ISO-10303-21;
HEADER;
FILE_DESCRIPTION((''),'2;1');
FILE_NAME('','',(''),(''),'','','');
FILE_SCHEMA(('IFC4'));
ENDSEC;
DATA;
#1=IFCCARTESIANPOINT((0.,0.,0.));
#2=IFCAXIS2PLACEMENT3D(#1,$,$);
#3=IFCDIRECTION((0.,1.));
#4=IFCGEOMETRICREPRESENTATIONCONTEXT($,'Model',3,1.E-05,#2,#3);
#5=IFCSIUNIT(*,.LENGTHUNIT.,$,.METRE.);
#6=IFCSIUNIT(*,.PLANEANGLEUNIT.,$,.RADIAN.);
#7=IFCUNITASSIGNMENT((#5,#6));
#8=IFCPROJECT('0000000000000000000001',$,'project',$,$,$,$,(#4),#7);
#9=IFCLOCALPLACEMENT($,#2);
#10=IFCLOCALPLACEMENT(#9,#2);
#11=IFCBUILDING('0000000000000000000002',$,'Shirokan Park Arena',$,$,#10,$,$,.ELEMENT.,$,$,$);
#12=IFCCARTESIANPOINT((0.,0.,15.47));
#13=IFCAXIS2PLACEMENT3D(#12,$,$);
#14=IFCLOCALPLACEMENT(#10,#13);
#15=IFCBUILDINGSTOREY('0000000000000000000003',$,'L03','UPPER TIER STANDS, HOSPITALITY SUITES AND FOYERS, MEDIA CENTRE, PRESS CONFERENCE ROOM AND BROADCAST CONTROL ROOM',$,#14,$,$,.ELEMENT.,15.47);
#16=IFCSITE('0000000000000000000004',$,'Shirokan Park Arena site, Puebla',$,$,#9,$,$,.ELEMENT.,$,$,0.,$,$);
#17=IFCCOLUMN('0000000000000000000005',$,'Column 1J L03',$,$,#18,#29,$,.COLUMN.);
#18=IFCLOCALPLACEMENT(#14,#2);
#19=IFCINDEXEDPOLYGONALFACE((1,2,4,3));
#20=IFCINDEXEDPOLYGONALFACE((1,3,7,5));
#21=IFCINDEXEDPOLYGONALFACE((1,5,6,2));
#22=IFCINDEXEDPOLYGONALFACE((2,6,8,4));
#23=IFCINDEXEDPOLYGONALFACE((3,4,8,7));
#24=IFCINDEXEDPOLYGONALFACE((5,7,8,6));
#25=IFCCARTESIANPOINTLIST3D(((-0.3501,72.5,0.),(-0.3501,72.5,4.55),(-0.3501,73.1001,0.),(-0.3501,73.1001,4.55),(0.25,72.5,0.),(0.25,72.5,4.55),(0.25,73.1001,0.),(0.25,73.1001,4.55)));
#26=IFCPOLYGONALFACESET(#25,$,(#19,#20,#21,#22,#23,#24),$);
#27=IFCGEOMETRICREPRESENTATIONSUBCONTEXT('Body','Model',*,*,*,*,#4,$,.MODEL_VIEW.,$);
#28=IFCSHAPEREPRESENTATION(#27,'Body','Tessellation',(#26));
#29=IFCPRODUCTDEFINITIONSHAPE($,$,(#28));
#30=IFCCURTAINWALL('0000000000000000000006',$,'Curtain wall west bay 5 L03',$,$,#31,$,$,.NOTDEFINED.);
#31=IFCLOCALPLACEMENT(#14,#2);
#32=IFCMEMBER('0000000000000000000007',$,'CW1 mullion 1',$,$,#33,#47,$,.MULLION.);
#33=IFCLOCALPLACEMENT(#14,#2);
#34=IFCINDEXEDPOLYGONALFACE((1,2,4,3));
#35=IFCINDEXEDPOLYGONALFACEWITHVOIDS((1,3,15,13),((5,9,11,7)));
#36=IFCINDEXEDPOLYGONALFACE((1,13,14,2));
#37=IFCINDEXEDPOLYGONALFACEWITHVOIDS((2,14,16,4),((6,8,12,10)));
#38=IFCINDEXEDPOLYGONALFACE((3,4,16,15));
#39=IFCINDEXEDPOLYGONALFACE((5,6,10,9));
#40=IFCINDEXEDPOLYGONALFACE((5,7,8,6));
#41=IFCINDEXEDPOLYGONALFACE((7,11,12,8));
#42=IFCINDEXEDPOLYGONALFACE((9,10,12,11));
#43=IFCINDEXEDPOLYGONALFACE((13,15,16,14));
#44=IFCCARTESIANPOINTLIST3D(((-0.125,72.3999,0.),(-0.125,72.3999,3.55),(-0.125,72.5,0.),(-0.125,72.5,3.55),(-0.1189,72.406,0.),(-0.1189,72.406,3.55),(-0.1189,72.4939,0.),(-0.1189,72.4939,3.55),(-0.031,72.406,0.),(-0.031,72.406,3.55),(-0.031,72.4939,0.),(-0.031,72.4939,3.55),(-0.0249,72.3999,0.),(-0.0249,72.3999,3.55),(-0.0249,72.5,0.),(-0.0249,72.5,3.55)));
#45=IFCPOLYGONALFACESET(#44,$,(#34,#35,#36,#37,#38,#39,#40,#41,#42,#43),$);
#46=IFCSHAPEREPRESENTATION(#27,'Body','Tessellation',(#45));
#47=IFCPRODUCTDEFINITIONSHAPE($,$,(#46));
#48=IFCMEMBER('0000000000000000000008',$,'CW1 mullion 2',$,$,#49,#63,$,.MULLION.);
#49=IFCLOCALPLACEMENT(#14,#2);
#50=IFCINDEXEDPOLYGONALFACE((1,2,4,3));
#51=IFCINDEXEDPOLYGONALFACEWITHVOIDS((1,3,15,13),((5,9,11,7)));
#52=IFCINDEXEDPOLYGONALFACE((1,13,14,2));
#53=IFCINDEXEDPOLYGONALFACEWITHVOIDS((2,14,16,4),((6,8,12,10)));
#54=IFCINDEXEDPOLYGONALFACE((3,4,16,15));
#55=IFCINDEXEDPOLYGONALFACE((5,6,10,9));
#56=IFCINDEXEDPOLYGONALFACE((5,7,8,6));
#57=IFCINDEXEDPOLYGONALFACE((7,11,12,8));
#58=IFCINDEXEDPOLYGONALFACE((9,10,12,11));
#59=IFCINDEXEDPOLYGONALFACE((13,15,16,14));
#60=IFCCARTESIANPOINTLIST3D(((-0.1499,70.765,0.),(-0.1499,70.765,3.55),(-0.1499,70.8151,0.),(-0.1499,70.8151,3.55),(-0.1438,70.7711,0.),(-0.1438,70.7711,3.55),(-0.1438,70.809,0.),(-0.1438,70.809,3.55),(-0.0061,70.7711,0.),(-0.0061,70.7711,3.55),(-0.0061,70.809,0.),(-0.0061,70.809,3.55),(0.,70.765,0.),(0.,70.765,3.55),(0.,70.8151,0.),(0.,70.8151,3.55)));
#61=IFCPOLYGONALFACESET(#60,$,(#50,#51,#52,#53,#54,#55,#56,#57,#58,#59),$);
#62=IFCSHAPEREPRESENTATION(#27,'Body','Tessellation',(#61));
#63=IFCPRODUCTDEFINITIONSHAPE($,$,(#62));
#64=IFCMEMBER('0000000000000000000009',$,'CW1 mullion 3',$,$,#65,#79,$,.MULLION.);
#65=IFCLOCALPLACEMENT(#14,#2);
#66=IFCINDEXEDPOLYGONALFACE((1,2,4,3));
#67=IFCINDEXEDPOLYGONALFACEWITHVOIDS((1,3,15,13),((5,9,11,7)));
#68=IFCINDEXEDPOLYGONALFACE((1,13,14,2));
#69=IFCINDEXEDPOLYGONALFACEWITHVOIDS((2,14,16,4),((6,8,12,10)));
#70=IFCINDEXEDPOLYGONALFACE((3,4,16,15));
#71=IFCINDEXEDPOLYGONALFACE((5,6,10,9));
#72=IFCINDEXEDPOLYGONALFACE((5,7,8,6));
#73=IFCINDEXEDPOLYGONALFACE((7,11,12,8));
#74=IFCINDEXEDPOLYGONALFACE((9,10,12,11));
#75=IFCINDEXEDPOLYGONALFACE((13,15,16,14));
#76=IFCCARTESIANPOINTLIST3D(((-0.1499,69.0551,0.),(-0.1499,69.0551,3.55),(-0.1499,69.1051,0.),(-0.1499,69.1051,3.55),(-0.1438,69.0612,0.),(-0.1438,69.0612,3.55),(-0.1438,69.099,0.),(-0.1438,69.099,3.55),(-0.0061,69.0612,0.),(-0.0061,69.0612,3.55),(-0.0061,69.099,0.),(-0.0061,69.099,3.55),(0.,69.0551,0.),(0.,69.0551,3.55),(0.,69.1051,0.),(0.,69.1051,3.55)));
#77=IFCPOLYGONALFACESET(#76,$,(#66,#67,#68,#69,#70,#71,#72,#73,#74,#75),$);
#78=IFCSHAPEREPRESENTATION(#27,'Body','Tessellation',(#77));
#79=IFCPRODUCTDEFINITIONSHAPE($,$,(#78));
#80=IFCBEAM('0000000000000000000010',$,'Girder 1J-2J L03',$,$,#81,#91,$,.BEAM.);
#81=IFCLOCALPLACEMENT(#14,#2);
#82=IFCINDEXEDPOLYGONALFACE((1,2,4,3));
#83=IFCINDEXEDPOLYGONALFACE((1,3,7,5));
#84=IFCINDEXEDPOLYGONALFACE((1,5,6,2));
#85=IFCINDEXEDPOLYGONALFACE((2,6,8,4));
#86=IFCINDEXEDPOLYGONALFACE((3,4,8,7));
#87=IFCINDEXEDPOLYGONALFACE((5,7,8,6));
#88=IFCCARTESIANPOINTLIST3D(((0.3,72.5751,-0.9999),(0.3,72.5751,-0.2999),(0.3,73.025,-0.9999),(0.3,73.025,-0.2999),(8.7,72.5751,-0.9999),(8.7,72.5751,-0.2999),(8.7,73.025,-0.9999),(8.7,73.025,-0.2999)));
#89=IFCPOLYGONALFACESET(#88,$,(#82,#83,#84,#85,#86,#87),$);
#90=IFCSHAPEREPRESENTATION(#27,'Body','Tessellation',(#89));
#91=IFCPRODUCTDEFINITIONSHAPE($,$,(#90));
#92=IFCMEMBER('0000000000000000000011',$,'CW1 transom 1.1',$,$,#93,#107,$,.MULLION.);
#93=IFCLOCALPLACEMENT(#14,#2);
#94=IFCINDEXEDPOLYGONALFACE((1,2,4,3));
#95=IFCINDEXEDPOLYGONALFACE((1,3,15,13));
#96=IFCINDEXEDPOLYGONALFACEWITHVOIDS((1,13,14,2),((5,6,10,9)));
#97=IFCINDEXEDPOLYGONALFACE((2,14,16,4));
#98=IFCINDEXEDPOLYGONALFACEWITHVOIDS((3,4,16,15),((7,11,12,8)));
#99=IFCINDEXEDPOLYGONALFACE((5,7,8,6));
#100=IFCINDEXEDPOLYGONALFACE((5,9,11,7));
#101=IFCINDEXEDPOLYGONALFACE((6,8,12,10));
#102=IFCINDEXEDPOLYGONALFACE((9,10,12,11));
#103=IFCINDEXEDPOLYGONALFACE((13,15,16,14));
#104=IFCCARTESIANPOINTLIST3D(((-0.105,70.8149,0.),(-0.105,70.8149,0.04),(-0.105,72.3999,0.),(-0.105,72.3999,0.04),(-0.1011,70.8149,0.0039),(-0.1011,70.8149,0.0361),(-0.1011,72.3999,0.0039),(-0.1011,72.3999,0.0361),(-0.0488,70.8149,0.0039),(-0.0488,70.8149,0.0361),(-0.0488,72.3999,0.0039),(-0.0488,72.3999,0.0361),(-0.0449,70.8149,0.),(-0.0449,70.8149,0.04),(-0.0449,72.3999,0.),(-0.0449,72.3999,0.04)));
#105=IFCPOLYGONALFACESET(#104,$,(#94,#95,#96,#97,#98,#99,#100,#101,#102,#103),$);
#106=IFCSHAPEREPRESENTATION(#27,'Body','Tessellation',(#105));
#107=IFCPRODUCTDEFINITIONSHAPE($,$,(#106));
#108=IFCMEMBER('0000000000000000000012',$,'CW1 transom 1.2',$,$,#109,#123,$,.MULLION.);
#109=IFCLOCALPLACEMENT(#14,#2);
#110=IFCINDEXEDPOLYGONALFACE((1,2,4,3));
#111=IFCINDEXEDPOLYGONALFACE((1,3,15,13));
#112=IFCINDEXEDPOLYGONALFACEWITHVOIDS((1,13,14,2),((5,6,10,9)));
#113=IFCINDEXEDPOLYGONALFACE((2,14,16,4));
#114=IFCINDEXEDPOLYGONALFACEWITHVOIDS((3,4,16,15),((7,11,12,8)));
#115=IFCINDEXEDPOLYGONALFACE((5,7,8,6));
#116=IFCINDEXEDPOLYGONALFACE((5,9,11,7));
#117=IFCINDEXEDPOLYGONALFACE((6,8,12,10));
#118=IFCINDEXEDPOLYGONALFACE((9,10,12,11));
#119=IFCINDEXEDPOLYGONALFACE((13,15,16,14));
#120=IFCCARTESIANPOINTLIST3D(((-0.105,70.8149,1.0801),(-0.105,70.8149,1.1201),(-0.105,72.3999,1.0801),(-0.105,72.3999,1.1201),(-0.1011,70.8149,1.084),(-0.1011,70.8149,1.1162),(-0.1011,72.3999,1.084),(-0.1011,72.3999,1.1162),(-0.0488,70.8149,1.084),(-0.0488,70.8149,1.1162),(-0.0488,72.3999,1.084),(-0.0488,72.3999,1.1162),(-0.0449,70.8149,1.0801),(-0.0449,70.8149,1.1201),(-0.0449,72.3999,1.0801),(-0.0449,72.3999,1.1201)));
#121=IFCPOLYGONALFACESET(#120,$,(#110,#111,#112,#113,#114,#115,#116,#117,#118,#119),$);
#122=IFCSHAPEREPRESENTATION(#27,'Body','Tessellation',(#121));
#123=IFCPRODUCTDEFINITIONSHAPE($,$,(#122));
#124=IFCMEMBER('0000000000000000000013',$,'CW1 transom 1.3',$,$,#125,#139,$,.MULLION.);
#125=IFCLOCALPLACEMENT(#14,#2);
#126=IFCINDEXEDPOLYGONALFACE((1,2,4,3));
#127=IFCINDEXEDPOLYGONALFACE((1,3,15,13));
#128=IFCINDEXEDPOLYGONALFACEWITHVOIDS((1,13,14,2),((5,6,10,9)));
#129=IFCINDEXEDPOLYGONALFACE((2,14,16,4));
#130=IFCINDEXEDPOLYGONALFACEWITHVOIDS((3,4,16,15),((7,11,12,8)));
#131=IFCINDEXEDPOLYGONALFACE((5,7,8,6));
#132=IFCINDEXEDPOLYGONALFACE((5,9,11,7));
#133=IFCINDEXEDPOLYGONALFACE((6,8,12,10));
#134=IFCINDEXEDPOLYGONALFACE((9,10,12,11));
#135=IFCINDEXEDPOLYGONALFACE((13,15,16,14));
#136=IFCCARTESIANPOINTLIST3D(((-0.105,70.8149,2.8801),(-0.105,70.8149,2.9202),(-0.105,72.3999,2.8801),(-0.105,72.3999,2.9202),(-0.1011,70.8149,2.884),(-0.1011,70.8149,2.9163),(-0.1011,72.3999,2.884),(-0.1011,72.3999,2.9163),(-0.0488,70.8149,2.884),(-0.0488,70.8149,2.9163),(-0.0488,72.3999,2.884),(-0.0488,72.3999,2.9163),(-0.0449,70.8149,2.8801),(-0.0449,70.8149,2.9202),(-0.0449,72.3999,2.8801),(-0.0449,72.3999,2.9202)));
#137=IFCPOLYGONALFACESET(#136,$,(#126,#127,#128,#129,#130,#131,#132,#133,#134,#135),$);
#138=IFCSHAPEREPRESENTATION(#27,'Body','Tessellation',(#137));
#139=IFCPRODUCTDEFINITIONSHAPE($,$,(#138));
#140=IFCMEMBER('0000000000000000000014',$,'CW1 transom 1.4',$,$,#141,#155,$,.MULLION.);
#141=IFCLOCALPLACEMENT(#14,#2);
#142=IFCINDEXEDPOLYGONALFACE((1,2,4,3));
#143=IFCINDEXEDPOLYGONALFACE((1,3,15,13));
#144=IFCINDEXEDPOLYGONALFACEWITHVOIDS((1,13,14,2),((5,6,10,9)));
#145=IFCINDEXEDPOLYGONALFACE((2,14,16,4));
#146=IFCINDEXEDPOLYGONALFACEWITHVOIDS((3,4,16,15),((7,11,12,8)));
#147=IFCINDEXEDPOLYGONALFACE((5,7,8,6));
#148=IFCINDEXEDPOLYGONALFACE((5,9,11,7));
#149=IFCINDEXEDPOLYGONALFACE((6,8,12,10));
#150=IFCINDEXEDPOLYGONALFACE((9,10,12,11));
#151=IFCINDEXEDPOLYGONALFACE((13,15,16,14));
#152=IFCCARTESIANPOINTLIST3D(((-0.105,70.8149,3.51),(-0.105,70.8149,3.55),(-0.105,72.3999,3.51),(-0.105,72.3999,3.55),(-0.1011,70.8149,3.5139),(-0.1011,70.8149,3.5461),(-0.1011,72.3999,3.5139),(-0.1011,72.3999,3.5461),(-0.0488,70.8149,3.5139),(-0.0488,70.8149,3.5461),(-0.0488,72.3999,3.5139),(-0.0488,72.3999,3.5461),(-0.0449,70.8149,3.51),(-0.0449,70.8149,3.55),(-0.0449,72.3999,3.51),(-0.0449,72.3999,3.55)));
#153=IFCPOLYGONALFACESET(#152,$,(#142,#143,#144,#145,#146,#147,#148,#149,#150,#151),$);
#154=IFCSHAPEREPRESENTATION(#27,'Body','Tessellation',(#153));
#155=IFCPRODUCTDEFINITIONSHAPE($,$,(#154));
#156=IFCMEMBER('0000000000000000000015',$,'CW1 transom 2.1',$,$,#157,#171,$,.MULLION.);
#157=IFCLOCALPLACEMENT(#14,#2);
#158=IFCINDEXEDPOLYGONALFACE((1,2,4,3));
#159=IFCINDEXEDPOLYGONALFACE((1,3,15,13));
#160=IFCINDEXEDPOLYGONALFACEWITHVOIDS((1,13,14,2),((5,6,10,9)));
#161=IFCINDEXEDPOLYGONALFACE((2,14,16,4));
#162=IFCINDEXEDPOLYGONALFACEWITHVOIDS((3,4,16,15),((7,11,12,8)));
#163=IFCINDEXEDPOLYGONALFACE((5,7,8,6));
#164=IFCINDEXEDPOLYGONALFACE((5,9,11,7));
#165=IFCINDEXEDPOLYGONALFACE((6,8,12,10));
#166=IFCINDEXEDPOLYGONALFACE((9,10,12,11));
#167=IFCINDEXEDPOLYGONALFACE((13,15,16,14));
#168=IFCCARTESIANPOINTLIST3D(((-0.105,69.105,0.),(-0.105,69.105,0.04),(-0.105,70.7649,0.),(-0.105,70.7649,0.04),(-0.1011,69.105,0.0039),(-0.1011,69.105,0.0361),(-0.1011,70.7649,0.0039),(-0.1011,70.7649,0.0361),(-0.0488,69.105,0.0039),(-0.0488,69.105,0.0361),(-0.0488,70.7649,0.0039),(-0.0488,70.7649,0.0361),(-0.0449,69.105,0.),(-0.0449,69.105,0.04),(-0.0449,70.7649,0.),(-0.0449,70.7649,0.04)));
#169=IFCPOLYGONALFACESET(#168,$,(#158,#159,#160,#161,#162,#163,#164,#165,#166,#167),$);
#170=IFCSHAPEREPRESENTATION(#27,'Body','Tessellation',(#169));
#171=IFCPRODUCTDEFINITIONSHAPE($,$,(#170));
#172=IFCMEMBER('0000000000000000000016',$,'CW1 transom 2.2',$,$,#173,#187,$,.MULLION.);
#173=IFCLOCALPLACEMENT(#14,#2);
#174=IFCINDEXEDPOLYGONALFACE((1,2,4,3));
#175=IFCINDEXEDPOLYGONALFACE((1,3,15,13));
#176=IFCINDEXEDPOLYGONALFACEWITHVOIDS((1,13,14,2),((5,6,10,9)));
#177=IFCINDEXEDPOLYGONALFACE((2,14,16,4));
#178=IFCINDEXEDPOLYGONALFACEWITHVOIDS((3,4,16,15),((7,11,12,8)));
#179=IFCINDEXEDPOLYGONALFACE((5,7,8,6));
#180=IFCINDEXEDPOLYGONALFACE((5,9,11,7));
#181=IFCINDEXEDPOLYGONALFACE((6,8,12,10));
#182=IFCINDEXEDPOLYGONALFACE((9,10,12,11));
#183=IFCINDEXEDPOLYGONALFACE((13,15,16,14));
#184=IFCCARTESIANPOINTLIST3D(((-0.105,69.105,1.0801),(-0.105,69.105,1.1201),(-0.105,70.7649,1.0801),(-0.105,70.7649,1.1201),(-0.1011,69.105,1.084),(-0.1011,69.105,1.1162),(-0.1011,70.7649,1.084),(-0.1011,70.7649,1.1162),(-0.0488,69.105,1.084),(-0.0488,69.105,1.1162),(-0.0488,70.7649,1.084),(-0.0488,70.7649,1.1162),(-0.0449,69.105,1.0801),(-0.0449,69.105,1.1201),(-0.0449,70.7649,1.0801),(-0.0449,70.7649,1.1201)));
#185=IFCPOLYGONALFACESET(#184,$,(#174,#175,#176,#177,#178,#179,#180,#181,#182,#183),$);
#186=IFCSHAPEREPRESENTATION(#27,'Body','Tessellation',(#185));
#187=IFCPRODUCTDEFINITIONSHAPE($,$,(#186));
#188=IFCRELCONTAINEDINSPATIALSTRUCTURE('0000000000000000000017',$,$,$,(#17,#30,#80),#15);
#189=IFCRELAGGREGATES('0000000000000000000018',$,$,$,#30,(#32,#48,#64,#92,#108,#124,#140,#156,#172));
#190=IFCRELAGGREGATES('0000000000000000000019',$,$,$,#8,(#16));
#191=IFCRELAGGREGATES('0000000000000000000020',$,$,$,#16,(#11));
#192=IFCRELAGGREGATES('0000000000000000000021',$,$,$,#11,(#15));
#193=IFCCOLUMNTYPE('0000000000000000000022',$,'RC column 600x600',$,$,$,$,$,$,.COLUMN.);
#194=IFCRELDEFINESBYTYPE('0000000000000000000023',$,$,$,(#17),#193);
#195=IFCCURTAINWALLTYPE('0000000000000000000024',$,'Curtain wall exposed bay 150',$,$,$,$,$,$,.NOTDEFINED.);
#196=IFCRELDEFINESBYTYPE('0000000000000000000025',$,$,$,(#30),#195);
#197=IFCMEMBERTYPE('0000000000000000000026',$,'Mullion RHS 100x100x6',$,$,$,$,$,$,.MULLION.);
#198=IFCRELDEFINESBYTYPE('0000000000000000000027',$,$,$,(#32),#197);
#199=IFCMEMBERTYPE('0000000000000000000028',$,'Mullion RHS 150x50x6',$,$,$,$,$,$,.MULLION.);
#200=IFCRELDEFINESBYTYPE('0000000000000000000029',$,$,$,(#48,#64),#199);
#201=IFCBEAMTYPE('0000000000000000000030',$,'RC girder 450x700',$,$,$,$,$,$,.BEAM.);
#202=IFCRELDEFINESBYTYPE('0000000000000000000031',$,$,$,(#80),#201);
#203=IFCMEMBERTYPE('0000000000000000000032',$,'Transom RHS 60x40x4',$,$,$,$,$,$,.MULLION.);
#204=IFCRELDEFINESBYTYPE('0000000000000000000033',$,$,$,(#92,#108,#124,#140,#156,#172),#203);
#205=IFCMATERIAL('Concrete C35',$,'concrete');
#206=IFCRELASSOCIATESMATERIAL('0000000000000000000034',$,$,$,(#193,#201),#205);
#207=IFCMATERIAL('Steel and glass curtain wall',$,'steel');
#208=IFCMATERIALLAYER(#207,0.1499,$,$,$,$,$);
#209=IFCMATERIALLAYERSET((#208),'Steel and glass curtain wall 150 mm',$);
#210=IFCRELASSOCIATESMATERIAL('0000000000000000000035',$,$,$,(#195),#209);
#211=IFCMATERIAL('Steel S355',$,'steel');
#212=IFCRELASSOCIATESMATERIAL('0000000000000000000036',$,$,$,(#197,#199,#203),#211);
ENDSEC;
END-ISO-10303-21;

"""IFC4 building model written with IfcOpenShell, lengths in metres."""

from ifc_helpers import new_model, si_unit, direction, frame, origin, origin_2d, place, context, subcontext, project, spatial, rectangle, hollow_rectangle, extrude, material, layer, layer_set, material_profile, profile_set, type_object, element, aggregate, save


model = new_model("IFC4")

# Units and contexts
model_context = context("Model", 3, precision=1e-05, world=origin(), true_north=direction((0.0, 1.0)))
body_context = subcontext(model_context, "Body", "Model", "MODEL_VIEW")
ifc_project = project(units=[si_unit("LENGTHUNIT", "METRE"), si_unit("PLANEANGLEUNIT", "RADIAN")], contexts=[model_context])

# Site, building, storey
site_placement = place(None, origin())
site = spatial("IfcSite", under=ifc_project, at=site_placement, Name="Shirokan Park Arena site, Puebla", CompositionType="ELEMENT", RefElevation=0.0)
building_placement = place(site_placement, origin())
building = spatial("IfcBuilding", under=site, at=building_placement, Name="Shirokan Park Arena", CompositionType="ELEMENT")
storey_placement = place(building_placement, frame((0.0, 0.0, 15.47)))
storey = spatial("IfcBuildingStorey", under=building, at=storey_placement, Name="L03", Description="UPPER TIER STANDS, HOSPITALITY SUITES AND FOYERS, MEDIA CENTRE, PRESS CONFERENCE ROOM AND BROADCAST CONTROL ROOM", CompositionType="ELEMENT", Elevation=15.47)

# Column
ifc_material_1 = material(Name="Concrete C35", Category="concrete")
ifc_material_profile_1 = material_profile(ifc_material_1, rectangle(XDim=0.6001, YDim=0.6001, at=origin_2d()), Name="600x600")
ifc_profile_set_1 = profile_set([ifc_material_profile_1], Name="Concrete C35")
column_type = type_object("IfcColumnType", Name="RC column 600x600", PredefinedType="COLUMN", material=ifc_profile_set_1)
column_placement = place(storey_placement, frame((-0.05, 72.8, 0.0), z_axis=(0.0, 0.0, 1.0), x_axis=(1.0, 0.0, 0.0)))
element("IfcColumn", 1, at=column_placement, inside=storey, type_object=column_type, Name="Column 1J L03", PredefinedType="COLUMN", context=body_context, shape_type="SweptSolid", body=[
    extrude(rectangle(XDim=0.6001, YDim=0.6001, at=origin_2d()), origin(), (0.0, 0.0, 1.0), 4.55),
])

# Curtain wall, members
ifc_material_2 = material(Name="Steel and glass curtain wall", Category="steel")
ifc_layer_1 = layer(ifc_material_2, 0.1499)
ifc_layer_set_1 = layer_set([ifc_layer_1], Name="Steel and glass curtain wall 150 mm")
curtain_wall_type = type_object("IfcCurtainWallType", Name="Curtain wall exposed bay 150", PredefinedType="NOTDEFINED", material=ifc_layer_set_1)
curtain_wall_placement = place(storey_placement, origin())
curtain_wall = element("IfcCurtainWall", 2, at=curtain_wall_placement, inside=storey, type_object=curtain_wall_type, Name="Curtain wall west bay 5 L03", PredefinedType="NOTDEFINED")
ifc_material_3 = material(Name="Steel S355", Category="steel")
ifc_material_profile_2 = material_profile(ifc_material_3, hollow_rectangle(XDim=0.1001, YDim=0.1001, WallThickness=0.0061, at=origin_2d()), Name="RHS 100x100x6")
ifc_profile_set_2 = profile_set([ifc_material_profile_2], Name="Steel S355")
member_type_1 = type_object("IfcMemberType", Name="Mullion RHS 100x100x6", PredefinedType="MULLION", material=ifc_profile_set_2)
member_1_placement = place(storey_placement, frame((-0.075, 72.45, 0.0), z_axis=(0.0, 0.0, 1.0), x_axis=(1.0, 0.0, 0.0)))
member_1 = element("IfcMember", 3, at=member_1_placement, type_object=member_type_1, Name="CW1 mullion 1", PredefinedType="MULLION", context=body_context, shape_type="SweptSolid", body=[
    extrude(hollow_rectangle(XDim=0.1001, YDim=0.1001, WallThickness=0.0061, at=origin_2d()), origin(), (0.0, 0.0, 1.0), 3.55),
])
ifc_material_profile_3 = material_profile(ifc_material_3, hollow_rectangle(XDim=0.1499, YDim=0.05, WallThickness=0.0061, at=origin_2d()), Name="RHS 150x50x6")
ifc_profile_set_3 = profile_set([ifc_material_profile_3], Name="Steel S355")
member_type_2 = type_object("IfcMemberType", Name="Mullion RHS 150x50x6", PredefinedType="MULLION", material=ifc_profile_set_3)
member_2_placement = place(storey_placement, frame((-0.075, 70.79, 0.0), z_axis=(0.0, 0.0, 1.0), x_axis=(1.0, 0.0, 0.0)))
member_2 = element("IfcMember", 4, at=member_2_placement, type_object=member_type_2, Name="CW1 mullion 2", PredefinedType="MULLION", context=body_context, shape_type="SweptSolid", body=[
    extrude(hollow_rectangle(XDim=0.1499, YDim=0.05, WallThickness=0.0061, at=origin_2d()), origin(), (0.0, 0.0, 1.0), 3.55),
])
member_3_placement = place(storey_placement, frame((-0.075, 69.0801, 0.0), z_axis=(0.0, 0.0, 1.0), x_axis=(1.0, 0.0, 0.0)))
member_3 = element("IfcMember", 5, at=member_3_placement, type_object=member_type_2, Name="CW1 mullion 3", PredefinedType="MULLION", context=body_context, shape_type="SweptSolid", body=[
    extrude(hollow_rectangle(XDim=0.1499, YDim=0.05, WallThickness=0.0061, at=origin_2d()), origin(), (0.0, 0.0, 1.0), 3.55),
])

# Beam
ifc_material_profile_4 = material_profile(ifc_material_1, rectangle(XDim=0.45, YDim=0.7, at=origin_2d()), Name="450x700")
ifc_profile_set_4 = profile_set([ifc_material_profile_4], Name="Concrete C35")
beam_type = type_object("IfcBeamType", Name="RC girder 450x700", PredefinedType="BEAM", material=ifc_profile_set_4)
beam_placement = place(storey_placement, frame((0.3, 72.8, -0.6499), z_axis=(1.0, 0.0, 0.0), x_axis=(0.0, 1.0, 0.0)))
element("IfcBeam", 6, at=beam_placement, inside=storey, type_object=beam_type, Name="Girder 1J-2J L03", PredefinedType="BEAM", context=body_context, shape_type="SweptSolid", body=[
    extrude(rectangle(XDim=0.45, YDim=0.7, at=origin_2d()), origin(), (0.0, 0.0, 1.0), 8.3999),
])

# Members
ifc_material_profile_5 = material_profile(ifc_material_3, hollow_rectangle(XDim=0.0601, YDim=0.04, WallThickness=0.0039, at=origin_2d()), Name="RHS 60x40x4")
ifc_profile_set_5 = profile_set([ifc_material_profile_5], Name="Steel S355")
member_type_3 = type_object("IfcMemberType", Name="Transom RHS 60x40x4", PredefinedType="MULLION", material=ifc_profile_set_5)
member_4_placement = place(storey_placement, frame((-0.075, 72.3999, 0.02), z_axis=(0.0, -1.0, 0.0), x_axis=(1.0, 0.0, 0.0)))
member_4 = element("IfcMember", 7, at=member_4_placement, type_object=member_type_3, Name="CW1 transom 1.1", PredefinedType="MULLION", context=body_context, shape_type="SweptSolid", body=[
    extrude(hollow_rectangle(XDim=0.0601, YDim=0.04, WallThickness=0.0039, at=origin_2d()), origin(), (0.0, 0.0, 1.0), 1.585),
])
member_5_placement = place(storey_placement, frame((-0.075, 72.3999, 1.1001), z_axis=(0.0, -1.0, 0.0), x_axis=(1.0, 0.0, 0.0)))
member_5 = element("IfcMember", 8, at=member_5_placement, type_object=member_type_3, Name="CW1 transom 1.2", PredefinedType="MULLION", context=body_context, shape_type="SweptSolid", body=[
    extrude(hollow_rectangle(XDim=0.0601, YDim=0.04, WallThickness=0.0039, at=origin_2d()), origin(), (0.0, 0.0, 1.0), 1.585),
])
member_6_placement = place(storey_placement, frame((-0.075, 72.3999, 2.9001), z_axis=(0.0, -1.0, 0.0), x_axis=(1.0, 0.0, 0.0)))
member_6 = element("IfcMember", 9, at=member_6_placement, type_object=member_type_3, Name="CW1 transom 1.3", PredefinedType="MULLION", context=body_context, shape_type="SweptSolid", body=[
    extrude(hollow_rectangle(XDim=0.0601, YDim=0.04, WallThickness=0.0039, at=origin_2d()), origin(), (0.0, 0.0, 1.0), 1.585),
])
member_7_placement = place(storey_placement, frame((-0.075, 72.3999, 3.53), z_axis=(0.0, -1.0, 0.0), x_axis=(1.0, 0.0, 0.0)))
member_7 = element("IfcMember", 10, at=member_7_placement, type_object=member_type_3, Name="CW1 transom 1.4", PredefinedType="MULLION", context=body_context, shape_type="SweptSolid", body=[
    extrude(hollow_rectangle(XDim=0.0601, YDim=0.04, WallThickness=0.0039, at=origin_2d()), origin(), (0.0, 0.0, 1.0), 1.585),
])
member_8_placement = place(storey_placement, frame((-0.075, 70.7649, 0.02), z_axis=(0.0, -1.0, 0.0), x_axis=(1.0, 0.0, 0.0)))
member_8 = element("IfcMember", 11, at=member_8_placement, type_object=member_type_3, Name="CW1 transom 2.1", PredefinedType="MULLION", context=body_context, shape_type="SweptSolid", body=[
    extrude(hollow_rectangle(XDim=0.0601, YDim=0.04, WallThickness=0.0039, at=origin_2d()), origin(), (0.0, 0.0, 1.0), 1.6599),
])
member_9_placement = place(storey_placement, frame((-0.075, 70.7649, 1.1001), z_axis=(0.0, -1.0, 0.0), x_axis=(1.0, 0.0, 0.0)))
member_9 = element("IfcMember", 12, at=member_9_placement, type_object=member_type_3, Name="CW1 transom 2.2", PredefinedType="MULLION", context=body_context, shape_type="SweptSolid", body=[
    extrude(hollow_rectangle(XDim=0.0601, YDim=0.04, WallThickness=0.0039, at=origin_2d()), origin(), (0.0, 0.0, 1.0), 1.6599),
])

aggregate(curtain_wall, [member_1, member_2, member_3, member_4, member_5, member_6, member_7, member_8, member_9])

save(model, "model.ifc")
